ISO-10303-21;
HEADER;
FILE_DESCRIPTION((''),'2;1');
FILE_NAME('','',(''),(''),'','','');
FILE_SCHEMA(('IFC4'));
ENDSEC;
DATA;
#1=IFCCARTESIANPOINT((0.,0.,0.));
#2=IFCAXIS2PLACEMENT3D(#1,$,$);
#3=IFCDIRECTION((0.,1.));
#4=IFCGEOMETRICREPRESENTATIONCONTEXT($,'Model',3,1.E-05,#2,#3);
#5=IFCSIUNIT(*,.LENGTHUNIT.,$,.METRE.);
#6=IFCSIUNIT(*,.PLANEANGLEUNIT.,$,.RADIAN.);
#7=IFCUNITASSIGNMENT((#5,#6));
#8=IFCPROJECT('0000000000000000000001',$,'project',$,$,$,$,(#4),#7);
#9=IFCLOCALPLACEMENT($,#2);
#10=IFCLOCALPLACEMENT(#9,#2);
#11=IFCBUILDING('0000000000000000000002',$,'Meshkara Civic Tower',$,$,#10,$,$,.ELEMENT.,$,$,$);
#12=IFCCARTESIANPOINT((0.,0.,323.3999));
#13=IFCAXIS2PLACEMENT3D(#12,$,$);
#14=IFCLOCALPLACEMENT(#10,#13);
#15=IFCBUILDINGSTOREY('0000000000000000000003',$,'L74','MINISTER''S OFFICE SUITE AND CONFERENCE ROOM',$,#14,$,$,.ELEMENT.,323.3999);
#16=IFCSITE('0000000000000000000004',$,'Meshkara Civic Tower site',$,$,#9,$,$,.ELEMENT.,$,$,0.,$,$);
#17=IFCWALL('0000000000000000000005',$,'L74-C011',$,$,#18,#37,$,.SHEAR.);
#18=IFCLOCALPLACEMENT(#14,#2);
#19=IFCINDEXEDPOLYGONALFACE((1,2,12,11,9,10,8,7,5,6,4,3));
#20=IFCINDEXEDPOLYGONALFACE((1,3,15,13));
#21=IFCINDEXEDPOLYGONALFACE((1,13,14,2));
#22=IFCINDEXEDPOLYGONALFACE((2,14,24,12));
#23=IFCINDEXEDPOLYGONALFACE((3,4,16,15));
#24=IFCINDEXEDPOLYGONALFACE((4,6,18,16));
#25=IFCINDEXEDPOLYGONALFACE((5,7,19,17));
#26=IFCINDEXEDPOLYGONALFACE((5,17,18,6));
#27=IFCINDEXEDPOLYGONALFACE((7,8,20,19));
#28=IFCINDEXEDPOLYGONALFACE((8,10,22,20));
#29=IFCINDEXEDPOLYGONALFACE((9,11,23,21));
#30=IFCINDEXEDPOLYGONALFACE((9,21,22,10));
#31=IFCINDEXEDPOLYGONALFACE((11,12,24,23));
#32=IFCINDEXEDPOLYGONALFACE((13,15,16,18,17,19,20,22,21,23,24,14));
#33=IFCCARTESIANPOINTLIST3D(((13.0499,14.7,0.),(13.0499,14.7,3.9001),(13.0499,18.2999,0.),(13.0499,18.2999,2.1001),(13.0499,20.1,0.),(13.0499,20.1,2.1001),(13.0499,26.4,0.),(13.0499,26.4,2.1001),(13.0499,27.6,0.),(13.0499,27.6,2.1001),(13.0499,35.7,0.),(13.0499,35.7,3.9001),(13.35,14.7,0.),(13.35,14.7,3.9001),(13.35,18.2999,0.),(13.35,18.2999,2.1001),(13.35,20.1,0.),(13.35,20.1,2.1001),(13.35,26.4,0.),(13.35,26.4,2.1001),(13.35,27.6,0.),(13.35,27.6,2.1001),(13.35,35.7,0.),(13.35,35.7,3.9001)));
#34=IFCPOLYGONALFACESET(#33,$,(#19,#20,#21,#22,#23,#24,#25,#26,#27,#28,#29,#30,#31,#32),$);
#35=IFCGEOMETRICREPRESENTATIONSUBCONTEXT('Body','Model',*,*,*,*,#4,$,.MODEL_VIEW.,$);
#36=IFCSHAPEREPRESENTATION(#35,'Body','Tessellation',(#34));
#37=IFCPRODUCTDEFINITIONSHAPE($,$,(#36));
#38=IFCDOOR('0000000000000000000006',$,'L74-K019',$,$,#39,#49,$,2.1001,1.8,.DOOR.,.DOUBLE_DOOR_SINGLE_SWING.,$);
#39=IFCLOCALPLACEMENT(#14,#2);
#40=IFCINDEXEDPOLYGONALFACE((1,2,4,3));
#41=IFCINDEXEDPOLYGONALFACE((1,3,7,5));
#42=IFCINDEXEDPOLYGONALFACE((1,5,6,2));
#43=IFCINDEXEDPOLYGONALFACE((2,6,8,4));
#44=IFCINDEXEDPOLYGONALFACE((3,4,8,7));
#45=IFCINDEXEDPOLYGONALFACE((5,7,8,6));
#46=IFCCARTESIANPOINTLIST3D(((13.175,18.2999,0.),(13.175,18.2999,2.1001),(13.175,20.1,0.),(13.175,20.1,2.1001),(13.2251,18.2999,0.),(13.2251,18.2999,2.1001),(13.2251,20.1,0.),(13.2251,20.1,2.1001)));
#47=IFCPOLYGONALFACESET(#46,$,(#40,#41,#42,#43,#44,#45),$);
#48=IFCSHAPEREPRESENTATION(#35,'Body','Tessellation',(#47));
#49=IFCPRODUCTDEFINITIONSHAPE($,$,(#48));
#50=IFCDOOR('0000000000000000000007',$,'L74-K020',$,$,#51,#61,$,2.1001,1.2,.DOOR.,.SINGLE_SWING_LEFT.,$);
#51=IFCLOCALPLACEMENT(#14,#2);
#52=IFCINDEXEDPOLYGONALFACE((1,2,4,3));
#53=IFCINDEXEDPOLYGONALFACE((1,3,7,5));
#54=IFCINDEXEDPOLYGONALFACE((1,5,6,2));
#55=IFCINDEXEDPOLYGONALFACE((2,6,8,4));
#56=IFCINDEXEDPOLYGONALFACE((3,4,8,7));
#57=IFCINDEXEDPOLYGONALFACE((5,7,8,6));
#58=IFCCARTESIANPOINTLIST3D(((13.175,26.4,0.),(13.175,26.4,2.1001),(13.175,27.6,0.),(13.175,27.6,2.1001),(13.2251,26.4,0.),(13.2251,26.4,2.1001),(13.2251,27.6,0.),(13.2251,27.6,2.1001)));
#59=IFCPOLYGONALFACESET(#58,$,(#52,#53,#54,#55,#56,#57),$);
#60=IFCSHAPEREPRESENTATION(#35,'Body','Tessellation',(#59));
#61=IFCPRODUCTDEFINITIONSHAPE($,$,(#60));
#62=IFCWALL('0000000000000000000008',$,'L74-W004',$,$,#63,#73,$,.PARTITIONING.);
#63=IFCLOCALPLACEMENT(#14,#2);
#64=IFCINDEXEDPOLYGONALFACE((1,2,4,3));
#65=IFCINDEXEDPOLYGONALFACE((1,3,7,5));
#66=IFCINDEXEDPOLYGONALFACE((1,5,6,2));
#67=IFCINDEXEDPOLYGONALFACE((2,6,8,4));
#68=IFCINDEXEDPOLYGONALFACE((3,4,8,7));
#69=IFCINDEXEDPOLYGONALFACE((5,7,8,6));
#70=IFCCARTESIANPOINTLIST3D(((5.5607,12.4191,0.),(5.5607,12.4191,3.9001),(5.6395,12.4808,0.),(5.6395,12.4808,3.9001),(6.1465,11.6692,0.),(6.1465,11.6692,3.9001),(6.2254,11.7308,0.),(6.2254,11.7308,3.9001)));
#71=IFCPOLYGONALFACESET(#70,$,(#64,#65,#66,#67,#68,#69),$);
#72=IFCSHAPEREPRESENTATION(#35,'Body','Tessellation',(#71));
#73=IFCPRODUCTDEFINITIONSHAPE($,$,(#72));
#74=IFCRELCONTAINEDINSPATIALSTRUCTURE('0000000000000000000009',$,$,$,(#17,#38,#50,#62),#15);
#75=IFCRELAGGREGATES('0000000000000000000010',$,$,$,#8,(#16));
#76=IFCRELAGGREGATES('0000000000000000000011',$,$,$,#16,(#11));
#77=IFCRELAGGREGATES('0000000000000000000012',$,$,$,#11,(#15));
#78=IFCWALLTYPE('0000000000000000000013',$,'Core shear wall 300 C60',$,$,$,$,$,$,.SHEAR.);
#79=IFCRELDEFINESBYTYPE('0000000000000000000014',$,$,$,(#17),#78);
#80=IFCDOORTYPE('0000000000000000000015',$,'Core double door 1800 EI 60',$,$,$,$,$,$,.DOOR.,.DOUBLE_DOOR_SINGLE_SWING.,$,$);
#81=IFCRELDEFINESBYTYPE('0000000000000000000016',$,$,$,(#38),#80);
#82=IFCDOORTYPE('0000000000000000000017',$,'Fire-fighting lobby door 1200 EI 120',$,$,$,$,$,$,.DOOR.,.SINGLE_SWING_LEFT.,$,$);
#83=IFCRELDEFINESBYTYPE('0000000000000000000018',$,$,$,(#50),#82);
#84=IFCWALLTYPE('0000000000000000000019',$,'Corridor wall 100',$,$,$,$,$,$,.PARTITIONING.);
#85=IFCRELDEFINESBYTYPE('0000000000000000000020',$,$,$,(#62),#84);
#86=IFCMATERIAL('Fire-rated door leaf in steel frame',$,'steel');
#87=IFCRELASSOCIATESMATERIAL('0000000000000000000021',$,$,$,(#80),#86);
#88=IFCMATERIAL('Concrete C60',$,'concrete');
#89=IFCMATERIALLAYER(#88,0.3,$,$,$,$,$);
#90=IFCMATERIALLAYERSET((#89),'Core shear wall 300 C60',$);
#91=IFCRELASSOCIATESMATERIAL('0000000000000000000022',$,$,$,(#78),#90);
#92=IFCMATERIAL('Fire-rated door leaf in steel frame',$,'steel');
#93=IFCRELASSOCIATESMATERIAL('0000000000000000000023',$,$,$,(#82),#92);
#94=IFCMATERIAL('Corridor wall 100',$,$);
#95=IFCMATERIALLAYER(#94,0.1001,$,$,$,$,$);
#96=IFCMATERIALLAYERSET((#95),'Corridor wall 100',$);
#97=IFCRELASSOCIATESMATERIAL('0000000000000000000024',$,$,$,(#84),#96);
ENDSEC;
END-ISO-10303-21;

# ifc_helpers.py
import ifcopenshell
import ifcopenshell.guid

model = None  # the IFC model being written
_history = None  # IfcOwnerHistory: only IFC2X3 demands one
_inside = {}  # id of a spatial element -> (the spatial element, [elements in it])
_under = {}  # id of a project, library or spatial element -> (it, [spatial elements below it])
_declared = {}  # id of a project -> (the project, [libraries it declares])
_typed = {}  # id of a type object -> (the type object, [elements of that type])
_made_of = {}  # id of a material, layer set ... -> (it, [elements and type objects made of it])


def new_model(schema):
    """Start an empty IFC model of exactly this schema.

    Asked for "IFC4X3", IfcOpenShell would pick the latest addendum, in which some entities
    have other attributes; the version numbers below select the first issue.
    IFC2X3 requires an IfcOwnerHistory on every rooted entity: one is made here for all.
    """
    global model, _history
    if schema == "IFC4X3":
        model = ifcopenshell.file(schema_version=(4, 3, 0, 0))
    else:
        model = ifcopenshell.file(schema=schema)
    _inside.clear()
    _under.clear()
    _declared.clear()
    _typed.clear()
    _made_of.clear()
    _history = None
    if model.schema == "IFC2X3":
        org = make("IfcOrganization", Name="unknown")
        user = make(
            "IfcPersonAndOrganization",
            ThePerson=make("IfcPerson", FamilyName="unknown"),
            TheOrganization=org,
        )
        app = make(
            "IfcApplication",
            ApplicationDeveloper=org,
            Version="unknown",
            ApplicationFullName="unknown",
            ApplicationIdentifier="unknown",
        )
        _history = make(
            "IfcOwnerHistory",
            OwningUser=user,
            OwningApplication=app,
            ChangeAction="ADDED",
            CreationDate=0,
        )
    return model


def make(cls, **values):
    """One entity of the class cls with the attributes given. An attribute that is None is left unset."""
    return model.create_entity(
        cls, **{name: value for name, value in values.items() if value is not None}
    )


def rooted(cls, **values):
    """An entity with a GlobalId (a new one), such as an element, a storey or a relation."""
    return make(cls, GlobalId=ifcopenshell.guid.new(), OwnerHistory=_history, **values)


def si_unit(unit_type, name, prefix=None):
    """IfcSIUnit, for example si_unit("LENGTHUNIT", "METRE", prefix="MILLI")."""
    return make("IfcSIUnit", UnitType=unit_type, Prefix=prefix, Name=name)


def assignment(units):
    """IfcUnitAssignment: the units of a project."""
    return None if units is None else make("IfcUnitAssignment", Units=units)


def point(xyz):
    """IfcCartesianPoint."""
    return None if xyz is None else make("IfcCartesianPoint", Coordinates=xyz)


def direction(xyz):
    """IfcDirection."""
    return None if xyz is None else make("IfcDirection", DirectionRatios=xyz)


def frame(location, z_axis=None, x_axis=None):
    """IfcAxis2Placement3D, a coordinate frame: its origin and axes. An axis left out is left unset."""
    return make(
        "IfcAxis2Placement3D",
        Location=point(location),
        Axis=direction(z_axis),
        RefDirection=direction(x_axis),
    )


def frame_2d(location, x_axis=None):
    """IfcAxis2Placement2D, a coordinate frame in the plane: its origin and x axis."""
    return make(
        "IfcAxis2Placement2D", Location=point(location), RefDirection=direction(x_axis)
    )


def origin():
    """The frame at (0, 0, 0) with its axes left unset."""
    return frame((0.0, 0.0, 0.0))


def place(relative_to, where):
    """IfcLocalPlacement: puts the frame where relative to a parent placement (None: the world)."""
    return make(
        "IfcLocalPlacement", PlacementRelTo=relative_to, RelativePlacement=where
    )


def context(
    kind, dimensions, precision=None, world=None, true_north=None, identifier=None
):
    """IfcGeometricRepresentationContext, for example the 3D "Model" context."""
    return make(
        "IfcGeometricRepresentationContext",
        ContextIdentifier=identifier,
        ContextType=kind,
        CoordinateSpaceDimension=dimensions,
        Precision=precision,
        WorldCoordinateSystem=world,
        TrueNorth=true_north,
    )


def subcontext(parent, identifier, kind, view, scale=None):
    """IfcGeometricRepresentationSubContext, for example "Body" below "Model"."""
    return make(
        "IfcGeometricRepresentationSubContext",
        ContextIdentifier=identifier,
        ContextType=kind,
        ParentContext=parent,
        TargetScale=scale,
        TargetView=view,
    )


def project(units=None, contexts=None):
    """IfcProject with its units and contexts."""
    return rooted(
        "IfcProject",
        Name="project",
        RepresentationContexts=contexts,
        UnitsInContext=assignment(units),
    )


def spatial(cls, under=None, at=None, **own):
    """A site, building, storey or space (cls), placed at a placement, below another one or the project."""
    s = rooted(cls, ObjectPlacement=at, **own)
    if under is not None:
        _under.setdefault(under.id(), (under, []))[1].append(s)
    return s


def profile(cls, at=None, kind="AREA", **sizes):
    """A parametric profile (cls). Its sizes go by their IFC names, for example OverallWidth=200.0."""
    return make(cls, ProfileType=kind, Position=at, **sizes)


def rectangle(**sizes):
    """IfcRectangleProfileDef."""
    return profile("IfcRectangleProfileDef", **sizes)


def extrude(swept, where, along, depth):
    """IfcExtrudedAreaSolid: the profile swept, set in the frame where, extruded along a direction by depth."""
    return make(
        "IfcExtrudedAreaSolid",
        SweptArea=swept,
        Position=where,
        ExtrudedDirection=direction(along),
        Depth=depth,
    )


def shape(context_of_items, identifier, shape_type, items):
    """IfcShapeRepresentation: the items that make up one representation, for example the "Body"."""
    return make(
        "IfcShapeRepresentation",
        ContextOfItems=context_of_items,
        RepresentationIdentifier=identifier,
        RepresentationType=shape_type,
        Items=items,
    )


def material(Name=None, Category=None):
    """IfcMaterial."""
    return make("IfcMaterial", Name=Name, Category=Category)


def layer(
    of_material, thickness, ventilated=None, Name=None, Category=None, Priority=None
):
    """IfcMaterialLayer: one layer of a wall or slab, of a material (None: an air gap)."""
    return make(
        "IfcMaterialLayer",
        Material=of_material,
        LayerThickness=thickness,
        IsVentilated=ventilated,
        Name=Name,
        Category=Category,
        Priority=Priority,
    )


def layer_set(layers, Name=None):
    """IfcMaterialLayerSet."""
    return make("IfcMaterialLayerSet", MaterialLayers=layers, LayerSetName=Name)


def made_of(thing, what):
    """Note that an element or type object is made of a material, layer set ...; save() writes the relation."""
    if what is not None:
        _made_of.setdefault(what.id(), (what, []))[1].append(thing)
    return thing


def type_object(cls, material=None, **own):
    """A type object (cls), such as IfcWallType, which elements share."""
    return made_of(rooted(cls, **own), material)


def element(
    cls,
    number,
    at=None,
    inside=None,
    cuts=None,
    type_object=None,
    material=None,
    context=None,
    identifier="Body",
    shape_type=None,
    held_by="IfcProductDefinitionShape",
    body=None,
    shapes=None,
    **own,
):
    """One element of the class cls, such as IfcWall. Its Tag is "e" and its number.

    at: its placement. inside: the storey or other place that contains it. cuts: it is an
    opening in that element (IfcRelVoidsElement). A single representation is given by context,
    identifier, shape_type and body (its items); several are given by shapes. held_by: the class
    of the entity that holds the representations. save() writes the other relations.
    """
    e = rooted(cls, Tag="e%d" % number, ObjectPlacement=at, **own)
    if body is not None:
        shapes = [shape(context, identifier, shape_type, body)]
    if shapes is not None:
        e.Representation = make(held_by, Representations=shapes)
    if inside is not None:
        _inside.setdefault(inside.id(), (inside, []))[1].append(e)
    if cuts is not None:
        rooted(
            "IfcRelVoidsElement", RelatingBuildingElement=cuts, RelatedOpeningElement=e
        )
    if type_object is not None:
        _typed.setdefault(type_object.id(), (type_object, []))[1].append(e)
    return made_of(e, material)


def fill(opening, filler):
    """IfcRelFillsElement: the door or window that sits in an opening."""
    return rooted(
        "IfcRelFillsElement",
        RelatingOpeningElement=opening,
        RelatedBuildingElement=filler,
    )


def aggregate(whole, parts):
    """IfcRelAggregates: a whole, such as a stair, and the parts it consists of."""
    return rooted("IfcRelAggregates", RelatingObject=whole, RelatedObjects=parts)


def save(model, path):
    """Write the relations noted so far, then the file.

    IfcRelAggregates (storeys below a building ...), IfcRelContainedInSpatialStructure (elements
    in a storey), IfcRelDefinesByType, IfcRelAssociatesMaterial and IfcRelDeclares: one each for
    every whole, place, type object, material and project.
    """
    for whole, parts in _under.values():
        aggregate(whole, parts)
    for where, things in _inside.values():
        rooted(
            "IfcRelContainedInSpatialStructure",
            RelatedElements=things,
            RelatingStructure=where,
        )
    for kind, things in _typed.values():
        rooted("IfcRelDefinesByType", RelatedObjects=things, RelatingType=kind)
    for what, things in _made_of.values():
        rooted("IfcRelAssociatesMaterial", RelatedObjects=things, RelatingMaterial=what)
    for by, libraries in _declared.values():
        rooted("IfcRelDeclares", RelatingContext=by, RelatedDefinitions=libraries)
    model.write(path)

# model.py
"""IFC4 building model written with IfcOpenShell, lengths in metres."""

from ifc_helpers import new_model, si_unit, direction, frame, frame_2d, origin, place, context, subcontext, project, spatial, rectangle, extrude, material, layer, layer_set, type_object, element, fill, save


model = new_model("IFC4")

# Units and contexts
model_context = context("Model", 3, precision=1e-05, world=origin(), true_north=direction((0.0, 1.0)))
body_context = subcontext(model_context, "Body", "Model", "MODEL_VIEW")
ifc_project = project(units=[si_unit("LENGTHUNIT", "METRE"), si_unit("PLANEANGLEUNIT", "RADIAN")], contexts=[model_context])

# Site, building, storey
site_placement = place(None, origin())
site = spatial("IfcSite", under=ifc_project, at=site_placement, Name="Meshkara Civic Tower site", CompositionType="ELEMENT", RefElevation=0.0)
building_placement = place(site_placement, origin())
building = spatial("IfcBuilding", under=site, at=building_placement, Name="Meshkara Civic Tower", CompositionType="ELEMENT")
storey_placement = place(building_placement, frame((0.0, 0.0, 323.3999)))
storey = spatial("IfcBuildingStorey", under=building, at=storey_placement, Name="L74", Description="MINISTER'S OFFICE SUITE AND CONFERENCE ROOM", CompositionType="ELEMENT", Elevation=323.3999)

# Shared definitions
ifc_material_1 = material(Name="Fire-rated door leaf in steel frame", Category="steel")
door_type_1 = type_object("IfcDoorType", Name="Core double door 1800 EI 60", OperationType="DOUBLE_DOOR_SINGLE_SWING", PredefinedType="DOOR", material=ifc_material_1)

# Wall, openings, doors
ifc_material_2 = material(Name="Concrete C60", Category="concrete")
ifc_layer_1 = layer(ifc_material_2, 0.3)
ifc_layer_set_1 = layer_set([ifc_layer_1], Name="Core shear wall 300 C60")
wall_type_1 = type_object("IfcWallType", Name="Core shear wall 300 C60", PredefinedType="SHEAR", material=ifc_layer_set_1)
wall_1_placement = place(storey_placement, frame((13.2, 14.7, 0.0), z_axis=(0.0, 0.0, 1.0), x_axis=(0.0, 1.0, 0.0)))
wall_1 = element("IfcWall", 1, at=wall_1_placement, inside=storey, type_object=wall_type_1, Name="L74-C011", PredefinedType="SHEAR", context=body_context, shape_type="SweptSolid", body=[
    extrude(rectangle(XDim=21.0, YDim=0.3, at=frame_2d((10.5, 0.0))), origin(), (0.0, 0.0, 1.0), 3.9001),
])
opening_1_placement = place(wall_1_placement, frame((3.6001, 0.0, 0.0)))
opening_1 = element("IfcOpeningElement", 2, at=opening_1_placement, cuts=wall_1, PredefinedType="OPENING", context=body_context, shape_type="SweptSolid", body=[
    extrude(rectangle(XDim=1.8, YDim=2.1001, at=frame_2d((0.8999, 1.05))), frame((0.0, 0.1599, 0.0), z_axis=(0.0, -1.0, 0.0), x_axis=(1.0, 0.0, 0.0)), (0.0, 0.0, 1.0), 0.3201),
])
opening_2_placement = place(wall_1_placement, frame((11.7, 0.0, 0.0)))
opening_2 = element("IfcOpeningElement", 3, at=opening_2_placement, cuts=wall_1, PredefinedType="OPENING", context=body_context, shape_type="SweptSolid", body=[
    extrude(rectangle(XDim=1.2, YDim=2.1001, at=frame_2d((0.6001, 1.05))), frame((0.0, 0.1599, 0.0), z_axis=(0.0, -1.0, 0.0), x_axis=(1.0, 0.0, 0.0)), (0.0, 0.0, 1.0), 0.3201),
])
door_1_placement = place(opening_1_placement, origin())
door_1 = element("IfcDoor", 4, at=door_1_placement, inside=storey, type_object=door_type_1, Name="L74-K019", OperationType="DOUBLE_DOOR_SINGLE_SWING", OverallHeight=2.1001, OverallWidth=1.8, PredefinedType="DOOR", context=body_context, shape_type="SweptSolid", body=[
    extrude(rectangle(XDim=1.8, YDim=2.1001, at=frame_2d((0.8999, 1.05))), frame((0.0, 0.0249, 0.0), z_axis=(0.0, -1.0, 0.0), x_axis=(1.0, 0.0, 0.0)), (0.0, 0.0, 1.0), 0.05),
])
fill(opening_1, door_1)
ifc_material_3 = material(Name="Fire-rated door leaf in steel frame", Category="steel")
door_type_2 = type_object("IfcDoorType", Name="Fire-fighting lobby door 1200 EI 120", OperationType="SINGLE_SWING_LEFT", PredefinedType="DOOR", material=ifc_material_3)
door_2_placement = place(opening_2_placement, origin())
door_2 = element("IfcDoor", 5, at=door_2_placement, inside=storey, type_object=door_type_2, Name="L74-K020", OperationType="SINGLE_SWING_LEFT", OverallHeight=2.1001, OverallWidth=1.2, PredefinedType="DOOR", context=body_context, shape_type="SweptSolid", body=[
    extrude(rectangle(XDim=1.2, YDim=2.1001, at=frame_2d((0.6001, 1.05))), frame((0.0, 0.0249, 0.0), z_axis=(0.0, -1.0, 0.0), x_axis=(1.0, 0.0, 0.0)), (0.0, 0.0, 1.0), 0.05),
])
fill(opening_2, door_2)

# Wall
ifc_material_4 = material(Name="Corridor wall 100")
ifc_layer_2 = layer(ifc_material_4, 0.1001)
ifc_layer_set_2 = layer_set([ifc_layer_2], Name="Corridor wall 100")
wall_type_2 = type_object("IfcWallType", Name="Corridor wall 100", PredefinedType="PARTITIONING", material=ifc_layer_set_2)
wall_2_placement = place(storey_placement, frame((5.6001, 12.45, 0.0), z_axis=(0.0, 0.0, 1.0), x_axis=(0.615644, -0.788024, 0.0)))
element("IfcWall", 6, at=wall_2_placement, inside=storey, type_object=wall_type_2, Name="L74-W004", PredefinedType="PARTITIONING", context=body_context, shape_type="SweptSolid", body=[
    extrude(rectangle(XDim=0.9517, YDim=0.1001, at=frame_2d((0.4758, 0.0))), origin(), (0.0, 0.0, 1.0), 3.9001),
])

save(model, "model.ifc")
